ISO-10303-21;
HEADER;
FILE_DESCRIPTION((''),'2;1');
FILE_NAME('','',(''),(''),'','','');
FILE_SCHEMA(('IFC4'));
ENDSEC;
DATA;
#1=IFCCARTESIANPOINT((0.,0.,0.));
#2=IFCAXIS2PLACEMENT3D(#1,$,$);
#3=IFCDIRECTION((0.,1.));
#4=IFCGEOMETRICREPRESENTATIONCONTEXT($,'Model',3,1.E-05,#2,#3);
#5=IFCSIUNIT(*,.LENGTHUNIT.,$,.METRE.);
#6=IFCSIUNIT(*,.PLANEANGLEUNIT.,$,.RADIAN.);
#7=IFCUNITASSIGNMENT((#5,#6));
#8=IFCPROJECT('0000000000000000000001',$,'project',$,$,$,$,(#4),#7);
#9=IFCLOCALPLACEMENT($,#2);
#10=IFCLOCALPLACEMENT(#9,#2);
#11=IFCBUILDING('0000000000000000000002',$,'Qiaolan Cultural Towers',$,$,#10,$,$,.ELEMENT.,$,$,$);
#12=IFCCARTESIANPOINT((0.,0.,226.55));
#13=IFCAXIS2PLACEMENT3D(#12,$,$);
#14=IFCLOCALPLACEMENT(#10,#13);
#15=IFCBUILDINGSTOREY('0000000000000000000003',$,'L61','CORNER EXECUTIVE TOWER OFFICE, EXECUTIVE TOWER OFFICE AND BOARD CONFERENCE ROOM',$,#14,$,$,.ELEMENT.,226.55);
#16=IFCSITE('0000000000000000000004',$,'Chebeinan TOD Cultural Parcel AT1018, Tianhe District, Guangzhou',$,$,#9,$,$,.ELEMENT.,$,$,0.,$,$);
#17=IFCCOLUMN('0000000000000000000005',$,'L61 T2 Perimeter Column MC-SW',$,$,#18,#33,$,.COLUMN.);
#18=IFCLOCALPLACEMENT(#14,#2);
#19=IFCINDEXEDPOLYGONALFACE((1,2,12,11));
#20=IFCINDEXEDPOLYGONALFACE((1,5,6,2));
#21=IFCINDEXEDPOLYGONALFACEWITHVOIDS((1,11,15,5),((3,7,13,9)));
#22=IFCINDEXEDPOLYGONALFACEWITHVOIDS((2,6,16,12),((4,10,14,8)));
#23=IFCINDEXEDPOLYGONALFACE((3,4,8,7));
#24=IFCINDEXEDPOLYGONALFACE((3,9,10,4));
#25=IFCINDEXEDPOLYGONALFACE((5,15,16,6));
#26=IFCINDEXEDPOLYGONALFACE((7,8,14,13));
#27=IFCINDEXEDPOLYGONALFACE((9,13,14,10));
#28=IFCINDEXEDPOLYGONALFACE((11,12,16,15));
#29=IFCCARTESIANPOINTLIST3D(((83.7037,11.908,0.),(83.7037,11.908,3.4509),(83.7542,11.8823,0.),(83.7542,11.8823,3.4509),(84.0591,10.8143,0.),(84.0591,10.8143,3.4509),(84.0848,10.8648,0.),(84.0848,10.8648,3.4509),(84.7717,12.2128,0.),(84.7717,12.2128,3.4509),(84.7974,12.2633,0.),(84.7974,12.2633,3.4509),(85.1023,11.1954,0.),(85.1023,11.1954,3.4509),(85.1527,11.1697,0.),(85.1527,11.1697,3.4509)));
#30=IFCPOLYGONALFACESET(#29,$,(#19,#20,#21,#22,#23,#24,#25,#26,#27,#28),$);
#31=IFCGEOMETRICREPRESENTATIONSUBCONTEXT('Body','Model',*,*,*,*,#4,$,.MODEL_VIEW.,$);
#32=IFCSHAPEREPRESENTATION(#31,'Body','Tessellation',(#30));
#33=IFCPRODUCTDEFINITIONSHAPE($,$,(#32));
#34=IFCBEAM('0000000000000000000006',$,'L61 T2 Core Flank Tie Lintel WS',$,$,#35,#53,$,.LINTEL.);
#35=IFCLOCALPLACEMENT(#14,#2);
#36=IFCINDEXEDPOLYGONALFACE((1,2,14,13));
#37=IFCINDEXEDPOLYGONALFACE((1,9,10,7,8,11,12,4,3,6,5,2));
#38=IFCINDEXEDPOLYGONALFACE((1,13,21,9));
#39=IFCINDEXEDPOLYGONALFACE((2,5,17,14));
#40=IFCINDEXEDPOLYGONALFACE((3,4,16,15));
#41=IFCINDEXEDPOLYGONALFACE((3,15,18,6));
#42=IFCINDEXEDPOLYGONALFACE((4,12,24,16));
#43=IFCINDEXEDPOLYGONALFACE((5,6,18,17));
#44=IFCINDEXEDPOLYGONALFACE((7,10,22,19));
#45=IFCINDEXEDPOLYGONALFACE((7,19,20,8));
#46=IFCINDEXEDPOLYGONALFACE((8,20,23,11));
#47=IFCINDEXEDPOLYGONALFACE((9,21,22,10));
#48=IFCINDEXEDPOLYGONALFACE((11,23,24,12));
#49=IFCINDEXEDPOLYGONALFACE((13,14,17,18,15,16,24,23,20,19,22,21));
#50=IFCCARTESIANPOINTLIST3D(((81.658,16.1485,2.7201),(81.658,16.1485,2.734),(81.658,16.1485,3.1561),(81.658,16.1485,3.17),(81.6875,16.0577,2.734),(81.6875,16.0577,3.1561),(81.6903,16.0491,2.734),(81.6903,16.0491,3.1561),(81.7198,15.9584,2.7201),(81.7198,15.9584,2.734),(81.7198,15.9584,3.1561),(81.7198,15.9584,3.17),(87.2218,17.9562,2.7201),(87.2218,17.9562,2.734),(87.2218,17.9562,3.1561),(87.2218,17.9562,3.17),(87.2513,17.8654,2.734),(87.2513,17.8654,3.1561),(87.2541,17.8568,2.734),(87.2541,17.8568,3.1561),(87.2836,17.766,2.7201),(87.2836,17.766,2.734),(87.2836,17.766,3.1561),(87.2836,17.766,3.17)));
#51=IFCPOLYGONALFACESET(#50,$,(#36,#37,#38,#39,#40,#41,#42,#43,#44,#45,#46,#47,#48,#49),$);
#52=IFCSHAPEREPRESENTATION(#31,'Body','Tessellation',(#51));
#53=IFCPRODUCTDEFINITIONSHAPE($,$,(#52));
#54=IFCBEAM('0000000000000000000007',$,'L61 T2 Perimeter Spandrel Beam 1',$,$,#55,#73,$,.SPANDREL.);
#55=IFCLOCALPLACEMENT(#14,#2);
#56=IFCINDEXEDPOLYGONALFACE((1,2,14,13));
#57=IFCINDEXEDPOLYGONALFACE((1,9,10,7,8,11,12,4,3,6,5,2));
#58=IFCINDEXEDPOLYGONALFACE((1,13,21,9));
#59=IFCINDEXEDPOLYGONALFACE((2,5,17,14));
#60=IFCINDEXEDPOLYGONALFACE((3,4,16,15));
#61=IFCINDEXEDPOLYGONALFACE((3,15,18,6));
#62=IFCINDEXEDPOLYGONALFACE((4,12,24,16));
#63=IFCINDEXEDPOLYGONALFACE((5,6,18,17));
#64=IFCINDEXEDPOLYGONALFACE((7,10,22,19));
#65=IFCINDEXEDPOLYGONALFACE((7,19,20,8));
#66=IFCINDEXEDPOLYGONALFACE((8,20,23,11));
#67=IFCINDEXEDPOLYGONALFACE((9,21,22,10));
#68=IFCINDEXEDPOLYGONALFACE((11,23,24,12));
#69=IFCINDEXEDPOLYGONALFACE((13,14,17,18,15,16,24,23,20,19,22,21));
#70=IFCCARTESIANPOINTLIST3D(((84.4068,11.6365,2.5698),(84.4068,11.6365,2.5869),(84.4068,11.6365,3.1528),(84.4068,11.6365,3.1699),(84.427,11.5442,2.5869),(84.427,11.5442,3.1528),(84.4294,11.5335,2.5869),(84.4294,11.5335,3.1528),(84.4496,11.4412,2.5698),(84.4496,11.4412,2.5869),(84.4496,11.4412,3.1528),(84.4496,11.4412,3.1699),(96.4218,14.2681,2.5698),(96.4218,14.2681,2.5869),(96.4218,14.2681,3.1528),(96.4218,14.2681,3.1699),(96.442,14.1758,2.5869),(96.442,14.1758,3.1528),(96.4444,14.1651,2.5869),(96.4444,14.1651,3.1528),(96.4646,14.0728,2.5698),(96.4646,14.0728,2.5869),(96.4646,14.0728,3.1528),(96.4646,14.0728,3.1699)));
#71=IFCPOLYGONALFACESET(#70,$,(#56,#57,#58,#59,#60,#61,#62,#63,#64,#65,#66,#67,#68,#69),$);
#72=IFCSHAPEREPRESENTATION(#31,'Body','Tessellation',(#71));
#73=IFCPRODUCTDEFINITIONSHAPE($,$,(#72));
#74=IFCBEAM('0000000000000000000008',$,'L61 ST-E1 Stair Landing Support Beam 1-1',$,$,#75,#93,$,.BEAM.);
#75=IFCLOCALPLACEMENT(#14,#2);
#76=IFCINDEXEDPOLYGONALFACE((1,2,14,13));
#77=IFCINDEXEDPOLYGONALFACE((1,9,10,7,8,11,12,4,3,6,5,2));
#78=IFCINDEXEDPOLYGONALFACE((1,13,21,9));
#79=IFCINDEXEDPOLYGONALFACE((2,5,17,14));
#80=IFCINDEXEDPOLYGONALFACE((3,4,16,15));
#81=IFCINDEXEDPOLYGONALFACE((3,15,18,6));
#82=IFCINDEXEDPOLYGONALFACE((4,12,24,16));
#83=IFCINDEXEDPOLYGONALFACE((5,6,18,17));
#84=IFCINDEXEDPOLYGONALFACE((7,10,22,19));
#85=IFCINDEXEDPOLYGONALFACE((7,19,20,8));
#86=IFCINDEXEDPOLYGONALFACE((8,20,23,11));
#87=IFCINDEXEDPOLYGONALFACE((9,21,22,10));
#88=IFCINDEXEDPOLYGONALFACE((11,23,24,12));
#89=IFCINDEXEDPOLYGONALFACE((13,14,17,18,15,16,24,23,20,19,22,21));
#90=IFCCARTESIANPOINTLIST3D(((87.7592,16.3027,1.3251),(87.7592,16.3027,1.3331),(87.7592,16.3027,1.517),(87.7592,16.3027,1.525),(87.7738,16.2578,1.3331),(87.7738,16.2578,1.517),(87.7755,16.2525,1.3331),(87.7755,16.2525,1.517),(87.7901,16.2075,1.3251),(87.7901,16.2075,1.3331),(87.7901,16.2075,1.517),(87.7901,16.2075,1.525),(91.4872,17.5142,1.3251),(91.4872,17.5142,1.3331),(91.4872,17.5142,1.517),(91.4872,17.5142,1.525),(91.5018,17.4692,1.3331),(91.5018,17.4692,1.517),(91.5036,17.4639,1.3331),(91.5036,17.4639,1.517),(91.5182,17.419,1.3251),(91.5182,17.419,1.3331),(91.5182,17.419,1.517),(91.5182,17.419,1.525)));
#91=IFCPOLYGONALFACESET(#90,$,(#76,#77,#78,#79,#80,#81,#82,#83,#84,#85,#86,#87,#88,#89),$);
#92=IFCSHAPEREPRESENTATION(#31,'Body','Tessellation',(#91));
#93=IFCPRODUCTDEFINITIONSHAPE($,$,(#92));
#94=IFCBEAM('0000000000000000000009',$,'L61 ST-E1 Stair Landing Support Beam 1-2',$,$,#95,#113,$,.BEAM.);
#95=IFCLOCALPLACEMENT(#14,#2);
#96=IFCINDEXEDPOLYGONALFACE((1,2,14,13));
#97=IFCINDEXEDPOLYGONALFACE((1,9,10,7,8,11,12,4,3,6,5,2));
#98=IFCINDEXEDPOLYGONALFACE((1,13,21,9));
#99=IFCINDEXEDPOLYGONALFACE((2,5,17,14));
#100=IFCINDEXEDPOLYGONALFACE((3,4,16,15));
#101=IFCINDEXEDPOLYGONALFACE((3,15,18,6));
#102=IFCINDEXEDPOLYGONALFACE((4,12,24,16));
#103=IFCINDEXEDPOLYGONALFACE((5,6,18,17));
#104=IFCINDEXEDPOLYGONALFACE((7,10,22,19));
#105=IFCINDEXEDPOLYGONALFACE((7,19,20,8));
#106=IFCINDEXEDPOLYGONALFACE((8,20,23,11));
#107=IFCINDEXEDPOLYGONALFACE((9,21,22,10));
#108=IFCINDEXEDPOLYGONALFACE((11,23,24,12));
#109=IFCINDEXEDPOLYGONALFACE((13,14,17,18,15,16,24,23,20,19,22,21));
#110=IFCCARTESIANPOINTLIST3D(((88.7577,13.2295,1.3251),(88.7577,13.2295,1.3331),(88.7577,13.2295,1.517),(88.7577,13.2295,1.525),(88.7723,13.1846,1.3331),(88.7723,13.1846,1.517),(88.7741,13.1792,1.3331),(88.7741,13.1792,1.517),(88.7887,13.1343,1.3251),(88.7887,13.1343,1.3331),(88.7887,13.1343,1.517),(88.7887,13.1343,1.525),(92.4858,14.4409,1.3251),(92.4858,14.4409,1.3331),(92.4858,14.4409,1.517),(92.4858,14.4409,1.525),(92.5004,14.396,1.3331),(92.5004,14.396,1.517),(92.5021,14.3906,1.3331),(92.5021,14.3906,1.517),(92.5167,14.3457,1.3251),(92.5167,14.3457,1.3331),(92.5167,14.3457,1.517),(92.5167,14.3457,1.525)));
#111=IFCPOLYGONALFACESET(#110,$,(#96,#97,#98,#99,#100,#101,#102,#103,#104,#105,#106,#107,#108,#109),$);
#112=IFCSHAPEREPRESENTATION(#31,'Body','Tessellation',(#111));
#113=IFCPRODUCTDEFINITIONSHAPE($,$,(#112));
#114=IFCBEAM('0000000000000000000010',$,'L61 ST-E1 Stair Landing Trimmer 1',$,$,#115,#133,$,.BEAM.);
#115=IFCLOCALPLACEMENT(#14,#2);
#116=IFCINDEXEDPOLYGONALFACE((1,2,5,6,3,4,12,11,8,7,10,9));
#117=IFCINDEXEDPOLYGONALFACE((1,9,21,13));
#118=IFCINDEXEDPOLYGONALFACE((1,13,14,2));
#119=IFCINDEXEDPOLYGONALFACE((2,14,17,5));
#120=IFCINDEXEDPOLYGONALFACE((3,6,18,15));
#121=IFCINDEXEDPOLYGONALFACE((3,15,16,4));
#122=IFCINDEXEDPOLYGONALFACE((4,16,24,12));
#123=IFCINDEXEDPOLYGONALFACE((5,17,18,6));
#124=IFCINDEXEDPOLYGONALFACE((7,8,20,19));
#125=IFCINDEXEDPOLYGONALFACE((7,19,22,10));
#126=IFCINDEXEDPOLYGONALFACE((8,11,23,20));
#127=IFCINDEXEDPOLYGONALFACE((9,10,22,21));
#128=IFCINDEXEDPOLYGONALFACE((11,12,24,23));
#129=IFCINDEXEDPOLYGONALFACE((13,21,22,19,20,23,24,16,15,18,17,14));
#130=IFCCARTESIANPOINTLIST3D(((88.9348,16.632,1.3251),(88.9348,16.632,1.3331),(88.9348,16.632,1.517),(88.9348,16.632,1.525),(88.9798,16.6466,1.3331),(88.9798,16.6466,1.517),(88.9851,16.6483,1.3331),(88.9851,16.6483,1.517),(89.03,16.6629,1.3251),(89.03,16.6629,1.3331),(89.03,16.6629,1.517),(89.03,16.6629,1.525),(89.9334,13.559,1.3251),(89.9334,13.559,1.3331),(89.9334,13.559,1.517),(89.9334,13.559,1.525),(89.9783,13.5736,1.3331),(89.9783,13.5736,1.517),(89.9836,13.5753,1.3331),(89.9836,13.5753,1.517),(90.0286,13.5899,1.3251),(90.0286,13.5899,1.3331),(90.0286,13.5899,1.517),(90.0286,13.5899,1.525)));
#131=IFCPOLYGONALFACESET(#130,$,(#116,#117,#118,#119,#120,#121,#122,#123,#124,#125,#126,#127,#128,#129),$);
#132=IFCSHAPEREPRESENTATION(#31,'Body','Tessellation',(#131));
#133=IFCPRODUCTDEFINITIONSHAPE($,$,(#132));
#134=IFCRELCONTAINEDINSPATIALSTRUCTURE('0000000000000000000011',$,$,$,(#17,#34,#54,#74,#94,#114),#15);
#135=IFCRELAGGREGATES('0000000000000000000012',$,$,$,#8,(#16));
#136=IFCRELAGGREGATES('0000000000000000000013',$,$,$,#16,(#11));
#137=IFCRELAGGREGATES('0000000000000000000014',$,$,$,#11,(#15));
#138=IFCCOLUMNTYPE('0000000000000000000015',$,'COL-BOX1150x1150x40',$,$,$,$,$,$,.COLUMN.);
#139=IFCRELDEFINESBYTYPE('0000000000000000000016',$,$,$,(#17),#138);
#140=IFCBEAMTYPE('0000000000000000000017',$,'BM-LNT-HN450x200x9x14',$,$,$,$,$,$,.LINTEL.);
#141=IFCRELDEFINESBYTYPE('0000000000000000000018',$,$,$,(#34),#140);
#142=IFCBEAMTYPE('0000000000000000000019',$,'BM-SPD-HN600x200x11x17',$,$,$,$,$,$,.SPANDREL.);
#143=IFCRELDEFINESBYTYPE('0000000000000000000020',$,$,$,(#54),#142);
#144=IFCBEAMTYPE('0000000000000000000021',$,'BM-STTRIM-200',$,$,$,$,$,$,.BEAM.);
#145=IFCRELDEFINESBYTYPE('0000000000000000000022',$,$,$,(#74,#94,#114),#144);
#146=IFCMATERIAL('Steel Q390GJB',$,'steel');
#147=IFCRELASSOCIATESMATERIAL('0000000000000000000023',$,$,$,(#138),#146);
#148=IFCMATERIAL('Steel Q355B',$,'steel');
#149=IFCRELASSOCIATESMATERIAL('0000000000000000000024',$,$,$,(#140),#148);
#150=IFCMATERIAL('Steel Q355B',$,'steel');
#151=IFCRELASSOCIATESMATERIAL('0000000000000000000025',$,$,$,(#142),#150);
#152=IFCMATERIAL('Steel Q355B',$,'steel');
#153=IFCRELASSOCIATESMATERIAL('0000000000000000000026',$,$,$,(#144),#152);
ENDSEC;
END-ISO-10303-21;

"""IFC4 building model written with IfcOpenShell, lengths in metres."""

from ifc_helpers import new_model, si_unit, direction, frame, origin, origin_2d, place, context, subcontext, project, spatial, hollow_rectangle, i_section, extrude, material, material_profile, profile_set, type_object, element, save


model = new_model("IFC4")

# Units and contexts
model_context = context("Model", 3, precision=1e-05, world=origin(), true_north=direction((0.0, 1.0)))
body_context = subcontext(model_context, "Body", "Model", "MODEL_VIEW")
ifc_project = project(units=[si_unit("LENGTHUNIT", "METRE"), si_unit("PLANEANGLEUNIT", "RADIAN")], contexts=[model_context])

# Site, building, storey
site_placement = place(None, origin())
site = spatial("IfcSite", under=ifc_project, at=site_placement, Name="Chebeinan TOD Cultural Parcel AT1018, Tianhe District, Guangzhou", CompositionType="ELEMENT", RefElevation=0.0)
building_placement = place(site_placement, origin())
building = spatial("IfcBuilding", under=site, at=building_placement, Name="Qiaolan Cultural Towers", CompositionType="ELEMENT")
storey_placement = place(building_placement, frame((0.0, 0.0, 226.55)))
storey = spatial("IfcBuildingStorey", under=building, at=storey_placement, Name="L61", Description="CORNER EXECUTIVE TOWER OFFICE, EXECUTIVE TOWER OFFICE AND BOARD CONFERENCE ROOM", CompositionType="ELEMENT", Elevation=226.55)

# Column
ifc_material_1 = material(Name="Steel Q390GJB", Category="steel")
ifc_material_profile_1 = material_profile(ifc_material_1, hollow_rectangle(XDim=1.1499, YDim=1.1499, WallThickness=0.04, at=origin_2d()), Name="BOX1150x1150x40")
ifc_profile_set_1 = profile_set([ifc_material_profile_1], Name="Steel Q390GJB")
column_type = type_object("IfcColumnType", Name="COL-BOX1150x1150x40", PredefinedType="COLUMN", material=ifc_profile_set_1)
column_placement = place(storey_placement, frame((84.4282, 11.5388, 0.0), z_axis=(0.0, 0.0, 1.0), x_axis=(0.951057, 0.309017, 0.0)))
element("IfcColumn", 1, at=column_placement, inside=storey, type_object=column_type, Name="L61 T2 Perimeter Column MC-SW", PredefinedType="COLUMN", context=body_context, shape_type="SweptSolid", body=[
    extrude(hollow_rectangle(XDim=1.1499, YDim=1.1499, WallThickness=0.04, at=origin_2d()), origin(), (0.0, 0.0, 1.0), 3.4509),
])

# Beams
ifc_material_2 = material(Name="Steel Q355B", Category="steel")
ifc_material_profile_2 = material_profile(ifc_material_2, i_section(OverallWidth=0.2, OverallDepth=0.45, WebThickness=0.009, FlangeThickness=0.0139, at=origin_2d()), Name="HN450x200x9x14")
ifc_profile_set_2 = profile_set([ifc_material_profile_2], Name="Steel Q355B")
beam_type_1 = type_object("IfcBeamType", Name="BM-LNT-HN450x200x9x14", PredefinedType="LINTEL", material=ifc_profile_set_2)
beam_1_placement = place(storey_placement, frame((87.2527, 17.8611, 2.9451), z_axis=(-0.951064, -0.308995, 0.0), x_axis=(0.308995, -0.951064, 0.0)))
element("IfcBeam", 2, at=beam_1_placement, inside=storey, type_object=beam_type_1, Name="L61 T2 Core Flank Tie Lintel WS", PredefinedType="LINTEL", context=body_context, shape_type="SweptSolid", body=[
    extrude(i_section(OverallWidth=0.2, OverallDepth=0.45, WebThickness=0.009, FlangeThickness=0.0139, at=origin_2d()), origin(), (0.0, 0.0, 1.0), 5.8501),
])
ifc_material_3 = material(Name="Steel Q355B", Category="steel")
ifc_material_profile_3 = material_profile(ifc_material_3, i_section(OverallWidth=0.2, OverallDepth=0.6001, WebThickness=0.011, FlangeThickness=0.0171, at=origin_2d()), Name="HN600x200x11x17")
ifc_profile_set_3 = profile_set([ifc_material_profile_3], Name="Steel Q355B")
beam_type_2 = type_object("IfcBeamType", Name="BM-SPD-HN600x200x11x17", PredefinedType="SPANDREL", material=ifc_profile_set_3)
beam_2_placement = place(storey_placement, frame((84.4282, 11.5388, 2.8699), z_axis=(0.976843, 0.213956, 0.0), x_axis=(-0.213956, 0.976843, 0.0)))
element("IfcBeam", 3, at=beam_2_placement, inside=storey, type_object=beam_type_2, Name="L61 T2 Perimeter Spandrel Beam 1", PredefinedType="SPANDREL", context=body_context, shape_type="SweptSolid", body=[
    extrude(i_section(OverallWidth=0.2, OverallDepth=0.6001, WebThickness=0.011, FlangeThickness=0.0171, at=origin_2d()), origin(), (0.0, 0.0, 1.0), 12.2998),
])
ifc_material_4 = material(Name="Steel Q355B", Category="steel")
ifc_material_profile_4 = material_profile(ifc_material_4, i_section(OverallWidth=0.1001, OverallDepth=0.2, WebThickness=0.0056, FlangeThickness=0.0081, at=origin_2d()), Name="HN200x100x5.5x8")
ifc_profile_set_4 = profile_set([ifc_material_profile_4], Name="Steel Q355B")
beam_type_3 = type_object("IfcBeamType", Name="BM-STTRIM-200", PredefinedType="BEAM", material=ifc_profile_set_4)
for number, where, z_axis, x_axis, name in (
    (4, (87.7747, 16.2551, 1.425), (0.951048, 0.309044, 0.0), (-0.309044, 0.951048, 0.0), "L61 ST-E1 Stair Landing Support Beam 1-1"),
    (5, (88.7732, 13.1819, 1.425), (0.951048, 0.309044, 0.0), (-0.309044, 0.951048, 0.0), "L61 ST-E1 Stair Landing Support Beam 1-2"),
):
    element("IfcBeam", number, at=place(storey_placement, frame(where, z_axis=z_axis, x_axis=x_axis)), inside=storey, type_object=beam_type_3, Name=name, PredefinedType="BEAM", context=body_context, shape_type="SweptSolid", body=[
        extrude(i_section(OverallWidth=0.1001, OverallDepth=0.2, WebThickness=0.0056, FlangeThickness=0.0081, at=origin_2d()), origin(), (0.0, 0.0, 1.0), 3.9199),
    ])
beam_3_placement = place(storey_placement, frame((88.9824, 16.6475, 1.425), z_axis=(0.309033, -0.951051, 0.0), x_axis=(0.951051, 0.309033, 0.0)))
element("IfcBeam", 6, at=beam_3_placement, inside=storey, type_object=beam_type_3, Name="L61 ST-E1 Stair Landing Trimmer 1", PredefinedType="BEAM", context=body_context, shape_type="SweptSolid", body=[
    extrude(i_section(OverallWidth=0.1001, OverallDepth=0.2, WebThickness=0.0056, FlangeThickness=0.0081, at=origin_2d()), origin(), (0.0, 0.0, 1.0), 3.2312),
])

save(model, "model.ifc")
